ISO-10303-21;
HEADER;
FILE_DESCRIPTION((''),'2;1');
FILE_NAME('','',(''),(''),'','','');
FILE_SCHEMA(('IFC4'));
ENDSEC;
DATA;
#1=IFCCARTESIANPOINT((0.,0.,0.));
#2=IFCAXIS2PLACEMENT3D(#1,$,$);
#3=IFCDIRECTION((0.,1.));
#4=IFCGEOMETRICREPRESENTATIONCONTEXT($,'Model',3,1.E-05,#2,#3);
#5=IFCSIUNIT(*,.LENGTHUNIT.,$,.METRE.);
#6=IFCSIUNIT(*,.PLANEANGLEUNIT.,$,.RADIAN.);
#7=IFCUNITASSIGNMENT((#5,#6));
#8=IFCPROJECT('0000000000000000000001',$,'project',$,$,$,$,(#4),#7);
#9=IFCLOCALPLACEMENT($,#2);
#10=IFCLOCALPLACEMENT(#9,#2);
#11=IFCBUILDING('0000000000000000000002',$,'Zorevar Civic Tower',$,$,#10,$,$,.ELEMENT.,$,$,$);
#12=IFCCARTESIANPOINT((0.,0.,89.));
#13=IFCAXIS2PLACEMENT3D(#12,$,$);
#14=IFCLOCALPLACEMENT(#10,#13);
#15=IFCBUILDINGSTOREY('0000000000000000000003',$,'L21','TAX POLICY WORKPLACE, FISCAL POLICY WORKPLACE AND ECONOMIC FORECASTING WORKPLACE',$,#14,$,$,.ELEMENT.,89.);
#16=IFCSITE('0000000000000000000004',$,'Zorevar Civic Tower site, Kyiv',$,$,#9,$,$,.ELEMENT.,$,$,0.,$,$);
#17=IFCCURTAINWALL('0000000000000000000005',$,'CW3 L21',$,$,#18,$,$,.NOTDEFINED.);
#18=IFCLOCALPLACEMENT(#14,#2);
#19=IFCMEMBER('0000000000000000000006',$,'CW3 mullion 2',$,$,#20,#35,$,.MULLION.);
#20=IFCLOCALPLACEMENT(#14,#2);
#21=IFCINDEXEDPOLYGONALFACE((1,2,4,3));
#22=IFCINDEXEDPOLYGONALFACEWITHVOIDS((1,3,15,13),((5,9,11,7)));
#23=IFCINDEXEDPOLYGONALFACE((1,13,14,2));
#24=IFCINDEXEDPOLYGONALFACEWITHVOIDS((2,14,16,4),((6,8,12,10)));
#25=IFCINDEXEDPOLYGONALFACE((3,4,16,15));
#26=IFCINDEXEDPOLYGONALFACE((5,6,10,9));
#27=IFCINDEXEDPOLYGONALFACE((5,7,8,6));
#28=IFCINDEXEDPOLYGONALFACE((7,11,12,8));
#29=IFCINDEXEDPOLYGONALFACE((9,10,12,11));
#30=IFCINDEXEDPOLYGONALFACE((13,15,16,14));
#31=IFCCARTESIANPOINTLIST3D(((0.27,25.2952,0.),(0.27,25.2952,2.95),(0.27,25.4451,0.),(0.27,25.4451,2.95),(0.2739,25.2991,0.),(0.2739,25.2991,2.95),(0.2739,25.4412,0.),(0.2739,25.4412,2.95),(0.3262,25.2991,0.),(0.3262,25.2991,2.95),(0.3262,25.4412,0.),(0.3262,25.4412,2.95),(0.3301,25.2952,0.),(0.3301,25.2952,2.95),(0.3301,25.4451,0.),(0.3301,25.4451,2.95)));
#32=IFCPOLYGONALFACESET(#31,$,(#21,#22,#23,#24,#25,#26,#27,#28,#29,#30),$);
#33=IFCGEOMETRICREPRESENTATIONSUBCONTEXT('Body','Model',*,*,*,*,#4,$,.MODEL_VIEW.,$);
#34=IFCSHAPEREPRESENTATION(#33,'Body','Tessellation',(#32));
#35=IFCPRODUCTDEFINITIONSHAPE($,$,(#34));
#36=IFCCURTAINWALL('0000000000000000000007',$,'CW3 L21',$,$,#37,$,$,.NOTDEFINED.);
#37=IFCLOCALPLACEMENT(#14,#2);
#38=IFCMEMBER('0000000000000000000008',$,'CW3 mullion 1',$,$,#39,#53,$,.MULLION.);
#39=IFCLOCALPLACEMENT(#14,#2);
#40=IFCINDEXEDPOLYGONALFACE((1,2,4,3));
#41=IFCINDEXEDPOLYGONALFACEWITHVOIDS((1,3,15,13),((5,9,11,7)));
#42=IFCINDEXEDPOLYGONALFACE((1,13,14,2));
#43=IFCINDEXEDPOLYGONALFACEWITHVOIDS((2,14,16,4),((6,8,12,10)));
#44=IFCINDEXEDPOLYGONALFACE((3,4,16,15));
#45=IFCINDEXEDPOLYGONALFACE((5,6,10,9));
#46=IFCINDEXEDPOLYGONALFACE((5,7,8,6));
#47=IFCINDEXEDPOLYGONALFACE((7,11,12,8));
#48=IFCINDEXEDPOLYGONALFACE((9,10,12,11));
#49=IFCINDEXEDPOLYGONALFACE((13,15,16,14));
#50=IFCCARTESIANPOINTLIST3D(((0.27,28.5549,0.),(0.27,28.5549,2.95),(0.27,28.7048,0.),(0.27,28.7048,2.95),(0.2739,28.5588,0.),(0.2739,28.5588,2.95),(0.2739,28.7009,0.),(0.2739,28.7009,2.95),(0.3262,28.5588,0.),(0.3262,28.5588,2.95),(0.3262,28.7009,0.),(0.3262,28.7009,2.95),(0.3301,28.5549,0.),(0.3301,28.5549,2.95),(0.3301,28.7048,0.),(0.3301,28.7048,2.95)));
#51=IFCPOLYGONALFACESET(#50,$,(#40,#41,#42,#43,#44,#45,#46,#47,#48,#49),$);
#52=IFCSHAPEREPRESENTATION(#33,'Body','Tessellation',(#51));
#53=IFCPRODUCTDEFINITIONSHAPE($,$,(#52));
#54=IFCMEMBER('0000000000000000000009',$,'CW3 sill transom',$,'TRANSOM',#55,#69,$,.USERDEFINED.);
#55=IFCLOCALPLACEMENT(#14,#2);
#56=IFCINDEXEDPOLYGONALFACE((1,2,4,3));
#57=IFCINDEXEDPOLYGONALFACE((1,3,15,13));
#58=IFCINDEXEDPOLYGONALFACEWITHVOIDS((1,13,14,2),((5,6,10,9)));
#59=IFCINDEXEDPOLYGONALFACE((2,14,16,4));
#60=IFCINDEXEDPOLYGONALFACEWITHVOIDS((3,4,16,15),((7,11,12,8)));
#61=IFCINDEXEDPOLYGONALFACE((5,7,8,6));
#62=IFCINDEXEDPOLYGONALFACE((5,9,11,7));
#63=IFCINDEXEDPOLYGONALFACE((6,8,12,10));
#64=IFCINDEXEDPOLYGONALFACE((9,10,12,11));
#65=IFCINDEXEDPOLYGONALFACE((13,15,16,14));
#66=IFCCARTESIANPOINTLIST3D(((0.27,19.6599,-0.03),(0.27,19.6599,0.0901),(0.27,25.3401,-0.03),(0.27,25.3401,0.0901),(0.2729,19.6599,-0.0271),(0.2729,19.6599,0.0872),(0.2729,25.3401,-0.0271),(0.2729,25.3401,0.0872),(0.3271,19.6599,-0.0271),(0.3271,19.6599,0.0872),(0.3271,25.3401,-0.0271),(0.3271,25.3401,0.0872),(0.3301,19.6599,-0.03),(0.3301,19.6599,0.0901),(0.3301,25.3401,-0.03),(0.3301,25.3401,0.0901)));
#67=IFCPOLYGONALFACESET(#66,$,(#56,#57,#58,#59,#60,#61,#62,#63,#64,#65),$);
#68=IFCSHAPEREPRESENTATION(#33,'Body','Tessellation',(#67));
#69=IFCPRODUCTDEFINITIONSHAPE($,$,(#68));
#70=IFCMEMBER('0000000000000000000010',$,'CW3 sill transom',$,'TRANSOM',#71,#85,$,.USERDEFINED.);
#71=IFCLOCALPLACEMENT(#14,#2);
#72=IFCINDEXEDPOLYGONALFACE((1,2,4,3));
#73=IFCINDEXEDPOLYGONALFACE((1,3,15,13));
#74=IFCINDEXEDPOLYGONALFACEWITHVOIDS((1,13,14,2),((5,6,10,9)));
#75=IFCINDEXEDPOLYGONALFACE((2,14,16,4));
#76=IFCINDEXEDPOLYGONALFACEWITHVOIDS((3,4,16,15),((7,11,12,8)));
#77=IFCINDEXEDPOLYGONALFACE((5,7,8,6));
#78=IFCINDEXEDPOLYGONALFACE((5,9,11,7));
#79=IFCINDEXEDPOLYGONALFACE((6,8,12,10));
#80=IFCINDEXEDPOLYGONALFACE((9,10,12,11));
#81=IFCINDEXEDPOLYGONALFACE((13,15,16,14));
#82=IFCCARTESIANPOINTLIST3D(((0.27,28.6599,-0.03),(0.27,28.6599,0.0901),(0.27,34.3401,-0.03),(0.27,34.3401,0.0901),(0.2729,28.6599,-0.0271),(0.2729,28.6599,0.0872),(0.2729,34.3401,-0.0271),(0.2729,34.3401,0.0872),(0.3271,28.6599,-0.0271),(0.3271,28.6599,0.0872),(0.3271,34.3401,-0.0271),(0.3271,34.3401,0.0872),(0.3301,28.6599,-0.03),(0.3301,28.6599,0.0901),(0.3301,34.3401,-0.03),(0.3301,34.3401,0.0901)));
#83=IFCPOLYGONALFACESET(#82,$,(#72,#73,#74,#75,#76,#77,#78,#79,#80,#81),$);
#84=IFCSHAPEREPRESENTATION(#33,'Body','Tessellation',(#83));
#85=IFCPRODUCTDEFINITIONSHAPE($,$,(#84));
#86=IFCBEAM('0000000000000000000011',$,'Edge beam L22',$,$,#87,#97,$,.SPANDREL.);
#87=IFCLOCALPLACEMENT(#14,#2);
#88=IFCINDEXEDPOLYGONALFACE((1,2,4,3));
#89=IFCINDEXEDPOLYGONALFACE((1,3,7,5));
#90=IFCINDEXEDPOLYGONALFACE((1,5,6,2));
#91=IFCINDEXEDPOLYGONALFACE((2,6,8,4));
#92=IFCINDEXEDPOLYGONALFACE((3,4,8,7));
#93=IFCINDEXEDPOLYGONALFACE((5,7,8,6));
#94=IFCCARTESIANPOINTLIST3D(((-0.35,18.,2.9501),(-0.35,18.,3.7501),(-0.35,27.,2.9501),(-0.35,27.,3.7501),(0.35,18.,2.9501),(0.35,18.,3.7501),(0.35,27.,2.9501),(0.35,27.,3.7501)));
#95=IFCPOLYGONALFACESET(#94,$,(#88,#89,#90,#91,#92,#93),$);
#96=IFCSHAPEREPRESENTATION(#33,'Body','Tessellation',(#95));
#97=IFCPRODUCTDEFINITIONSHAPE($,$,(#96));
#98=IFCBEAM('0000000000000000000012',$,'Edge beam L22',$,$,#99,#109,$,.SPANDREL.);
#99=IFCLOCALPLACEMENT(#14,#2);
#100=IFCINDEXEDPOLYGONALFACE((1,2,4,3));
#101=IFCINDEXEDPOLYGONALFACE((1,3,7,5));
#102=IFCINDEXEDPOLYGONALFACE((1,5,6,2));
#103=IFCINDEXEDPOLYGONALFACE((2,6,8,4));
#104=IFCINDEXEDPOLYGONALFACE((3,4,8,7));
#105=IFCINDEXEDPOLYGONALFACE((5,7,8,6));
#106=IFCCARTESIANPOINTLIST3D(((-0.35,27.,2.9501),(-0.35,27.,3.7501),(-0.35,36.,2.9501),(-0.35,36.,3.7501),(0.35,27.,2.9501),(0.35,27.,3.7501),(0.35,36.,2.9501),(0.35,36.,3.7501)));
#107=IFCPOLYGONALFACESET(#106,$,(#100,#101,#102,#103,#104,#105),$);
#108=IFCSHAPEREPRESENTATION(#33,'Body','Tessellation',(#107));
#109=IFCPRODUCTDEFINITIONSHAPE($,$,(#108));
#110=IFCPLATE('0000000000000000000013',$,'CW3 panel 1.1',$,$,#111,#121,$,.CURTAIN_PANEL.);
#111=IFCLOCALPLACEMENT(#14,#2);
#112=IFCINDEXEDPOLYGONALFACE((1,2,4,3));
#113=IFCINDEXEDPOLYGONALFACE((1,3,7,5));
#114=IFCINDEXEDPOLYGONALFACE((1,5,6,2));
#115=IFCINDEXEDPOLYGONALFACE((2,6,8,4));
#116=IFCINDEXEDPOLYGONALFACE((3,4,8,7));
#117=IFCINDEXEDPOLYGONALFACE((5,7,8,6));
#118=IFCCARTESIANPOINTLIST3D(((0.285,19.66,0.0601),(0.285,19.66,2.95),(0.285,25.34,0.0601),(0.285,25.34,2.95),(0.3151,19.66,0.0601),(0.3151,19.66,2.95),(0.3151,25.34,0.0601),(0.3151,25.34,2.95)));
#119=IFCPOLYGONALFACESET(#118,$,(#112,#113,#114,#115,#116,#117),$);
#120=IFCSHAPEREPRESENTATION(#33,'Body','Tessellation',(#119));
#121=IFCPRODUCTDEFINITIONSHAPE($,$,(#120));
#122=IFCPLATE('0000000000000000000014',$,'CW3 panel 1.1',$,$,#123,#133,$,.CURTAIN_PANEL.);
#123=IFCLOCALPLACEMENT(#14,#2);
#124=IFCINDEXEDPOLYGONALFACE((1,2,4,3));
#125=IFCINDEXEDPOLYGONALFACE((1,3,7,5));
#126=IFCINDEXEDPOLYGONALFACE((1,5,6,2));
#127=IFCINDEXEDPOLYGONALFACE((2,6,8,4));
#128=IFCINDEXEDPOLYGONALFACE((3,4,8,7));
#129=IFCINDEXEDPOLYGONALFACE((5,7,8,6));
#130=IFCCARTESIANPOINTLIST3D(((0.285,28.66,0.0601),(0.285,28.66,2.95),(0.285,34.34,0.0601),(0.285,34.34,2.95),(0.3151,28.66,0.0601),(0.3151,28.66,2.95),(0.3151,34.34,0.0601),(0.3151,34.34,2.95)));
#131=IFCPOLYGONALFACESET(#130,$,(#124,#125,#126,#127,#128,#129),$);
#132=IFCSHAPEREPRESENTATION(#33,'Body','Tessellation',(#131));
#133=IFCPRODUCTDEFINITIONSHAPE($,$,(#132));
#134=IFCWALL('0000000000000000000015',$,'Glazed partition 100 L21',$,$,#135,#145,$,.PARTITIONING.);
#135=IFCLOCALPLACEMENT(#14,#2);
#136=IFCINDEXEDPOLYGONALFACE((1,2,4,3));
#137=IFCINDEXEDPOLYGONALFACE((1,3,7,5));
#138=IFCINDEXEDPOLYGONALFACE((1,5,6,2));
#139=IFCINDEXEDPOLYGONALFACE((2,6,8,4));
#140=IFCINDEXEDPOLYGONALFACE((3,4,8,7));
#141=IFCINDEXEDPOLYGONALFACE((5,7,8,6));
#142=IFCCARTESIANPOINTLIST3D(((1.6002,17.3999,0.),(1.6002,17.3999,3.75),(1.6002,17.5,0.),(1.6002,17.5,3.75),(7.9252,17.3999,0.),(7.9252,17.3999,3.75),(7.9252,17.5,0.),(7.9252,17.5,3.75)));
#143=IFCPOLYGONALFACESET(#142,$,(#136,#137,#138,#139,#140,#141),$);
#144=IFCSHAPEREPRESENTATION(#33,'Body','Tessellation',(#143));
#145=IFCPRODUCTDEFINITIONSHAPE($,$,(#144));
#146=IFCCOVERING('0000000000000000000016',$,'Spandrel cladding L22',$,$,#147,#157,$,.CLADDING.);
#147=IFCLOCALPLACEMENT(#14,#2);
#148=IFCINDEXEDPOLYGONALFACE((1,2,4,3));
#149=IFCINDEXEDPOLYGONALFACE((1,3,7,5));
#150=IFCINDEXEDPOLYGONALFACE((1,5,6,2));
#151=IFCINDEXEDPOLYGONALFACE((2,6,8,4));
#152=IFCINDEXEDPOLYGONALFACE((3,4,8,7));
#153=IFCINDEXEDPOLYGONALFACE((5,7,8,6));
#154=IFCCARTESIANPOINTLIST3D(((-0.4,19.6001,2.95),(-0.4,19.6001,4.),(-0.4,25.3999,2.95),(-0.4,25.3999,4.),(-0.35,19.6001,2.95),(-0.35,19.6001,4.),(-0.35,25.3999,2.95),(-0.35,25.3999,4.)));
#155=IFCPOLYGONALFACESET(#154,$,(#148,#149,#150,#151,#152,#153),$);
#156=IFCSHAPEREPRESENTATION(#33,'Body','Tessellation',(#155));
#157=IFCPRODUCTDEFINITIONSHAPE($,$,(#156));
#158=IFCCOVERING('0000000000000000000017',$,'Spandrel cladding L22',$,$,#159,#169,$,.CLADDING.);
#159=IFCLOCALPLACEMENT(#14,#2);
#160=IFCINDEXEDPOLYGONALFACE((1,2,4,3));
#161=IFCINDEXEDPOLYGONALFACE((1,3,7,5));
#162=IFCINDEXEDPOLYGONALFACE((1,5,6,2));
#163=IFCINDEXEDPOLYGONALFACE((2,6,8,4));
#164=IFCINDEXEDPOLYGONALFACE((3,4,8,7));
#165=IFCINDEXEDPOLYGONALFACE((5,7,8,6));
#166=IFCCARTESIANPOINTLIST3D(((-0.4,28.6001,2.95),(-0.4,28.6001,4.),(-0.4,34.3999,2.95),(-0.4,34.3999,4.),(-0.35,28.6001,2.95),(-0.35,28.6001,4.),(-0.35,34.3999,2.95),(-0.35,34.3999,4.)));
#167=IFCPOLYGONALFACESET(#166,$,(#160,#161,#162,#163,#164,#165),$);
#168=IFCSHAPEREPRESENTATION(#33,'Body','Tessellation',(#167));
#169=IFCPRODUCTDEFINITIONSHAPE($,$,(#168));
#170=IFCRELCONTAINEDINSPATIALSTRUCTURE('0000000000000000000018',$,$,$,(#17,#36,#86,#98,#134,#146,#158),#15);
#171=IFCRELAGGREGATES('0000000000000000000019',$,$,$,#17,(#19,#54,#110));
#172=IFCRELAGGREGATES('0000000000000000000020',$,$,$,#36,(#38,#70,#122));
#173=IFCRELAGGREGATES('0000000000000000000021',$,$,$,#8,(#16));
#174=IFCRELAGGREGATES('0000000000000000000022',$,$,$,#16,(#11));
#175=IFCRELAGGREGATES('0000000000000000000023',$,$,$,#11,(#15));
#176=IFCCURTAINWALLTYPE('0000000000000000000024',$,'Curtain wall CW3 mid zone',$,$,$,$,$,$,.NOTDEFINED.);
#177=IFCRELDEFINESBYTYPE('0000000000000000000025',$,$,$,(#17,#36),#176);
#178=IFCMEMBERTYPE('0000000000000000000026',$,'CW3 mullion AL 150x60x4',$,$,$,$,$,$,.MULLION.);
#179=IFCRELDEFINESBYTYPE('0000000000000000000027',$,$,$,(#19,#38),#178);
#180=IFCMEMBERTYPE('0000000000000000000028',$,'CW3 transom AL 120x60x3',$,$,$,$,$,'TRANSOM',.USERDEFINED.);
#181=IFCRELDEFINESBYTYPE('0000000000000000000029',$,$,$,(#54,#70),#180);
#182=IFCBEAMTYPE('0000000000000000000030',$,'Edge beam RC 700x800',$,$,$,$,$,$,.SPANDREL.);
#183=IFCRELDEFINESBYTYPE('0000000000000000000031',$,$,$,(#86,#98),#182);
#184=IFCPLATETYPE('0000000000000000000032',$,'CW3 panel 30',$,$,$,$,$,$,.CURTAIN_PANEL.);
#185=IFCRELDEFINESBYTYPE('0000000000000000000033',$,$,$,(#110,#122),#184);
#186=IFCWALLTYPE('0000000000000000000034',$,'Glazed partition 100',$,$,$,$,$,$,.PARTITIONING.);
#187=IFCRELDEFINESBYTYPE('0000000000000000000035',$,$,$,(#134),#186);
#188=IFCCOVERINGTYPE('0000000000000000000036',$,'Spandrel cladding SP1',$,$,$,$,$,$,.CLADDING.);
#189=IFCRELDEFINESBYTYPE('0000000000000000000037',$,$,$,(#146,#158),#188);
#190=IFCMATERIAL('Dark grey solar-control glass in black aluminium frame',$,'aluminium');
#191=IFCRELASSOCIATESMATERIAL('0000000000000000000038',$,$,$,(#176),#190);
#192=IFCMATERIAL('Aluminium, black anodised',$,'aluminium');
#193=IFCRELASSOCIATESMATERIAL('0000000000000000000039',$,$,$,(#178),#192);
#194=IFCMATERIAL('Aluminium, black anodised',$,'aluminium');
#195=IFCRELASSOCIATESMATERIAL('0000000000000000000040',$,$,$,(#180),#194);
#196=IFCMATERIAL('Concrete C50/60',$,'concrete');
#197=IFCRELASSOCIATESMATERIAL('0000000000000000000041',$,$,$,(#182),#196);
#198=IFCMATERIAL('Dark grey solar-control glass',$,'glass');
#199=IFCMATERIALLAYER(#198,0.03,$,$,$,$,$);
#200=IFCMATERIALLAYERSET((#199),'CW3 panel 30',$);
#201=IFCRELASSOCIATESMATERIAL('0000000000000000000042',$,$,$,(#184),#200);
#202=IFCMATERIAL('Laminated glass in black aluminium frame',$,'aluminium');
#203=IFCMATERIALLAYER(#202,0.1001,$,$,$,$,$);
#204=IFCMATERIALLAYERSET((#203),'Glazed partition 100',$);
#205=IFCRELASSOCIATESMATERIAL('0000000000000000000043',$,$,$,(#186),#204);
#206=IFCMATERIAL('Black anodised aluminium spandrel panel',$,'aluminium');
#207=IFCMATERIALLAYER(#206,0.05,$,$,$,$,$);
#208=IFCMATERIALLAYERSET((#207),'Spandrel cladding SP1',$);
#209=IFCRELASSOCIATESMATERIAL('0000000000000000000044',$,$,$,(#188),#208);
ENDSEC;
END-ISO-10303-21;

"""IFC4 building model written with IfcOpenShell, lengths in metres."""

from ifc_helpers import new_model, si_unit, direction, frame, frame_2d, origin, origin_2d, place, context, subcontext, project, spatial, rectangle, hollow_rectangle, extrude, material, layer, layer_set, material_profile, profile_set, type_object, element, aggregate, save


model = new_model("IFC4")

# Units and contexts
model_context = context("Model", 3, precision=1e-05, world=origin(), true_north=direction((0.0, 1.0)))
body_context = subcontext(model_context, "Body", "Model", "MODEL_VIEW")
ifc_project = project(units=[si_unit("LENGTHUNIT", "METRE"), si_unit("PLANEANGLEUNIT", "RADIAN")], contexts=[model_context])

# Site, building, storey
site_placement = place(None, origin())
site = spatial("IfcSite", under=ifc_project, at=site_placement, Name="Zorevar Civic Tower site, Kyiv", CompositionType="ELEMENT", RefElevation=0.0)
building_placement = place(site_placement, origin())
building = spatial("IfcBuilding", under=site, at=building_placement, Name="Zorevar Civic Tower", CompositionType="ELEMENT")
storey_placement = place(building_placement, frame((0.0, 0.0, 89.0)))
storey = spatial("IfcBuildingStorey", under=building, at=storey_placement, Name="L21", Description="TAX POLICY WORKPLACE, FISCAL POLICY WORKPLACE AND ECONOMIC FORECASTING WORKPLACE", CompositionType="ELEMENT", Elevation=89.0)

# Shared definitions
ifc_material_1 = material(Name="Dark grey solar-control glass in black aluminium frame", Category="aluminium")
curtain_wall_type = type_object("IfcCurtainWallType", Name="Curtain wall CW3 mid zone", PredefinedType="NOTDEFINED", material=ifc_material_1)
ifc_material_2 = material(Name="Aluminium, black anodised", Category="aluminium")
ifc_material_profile_1 = material_profile(ifc_material_2, hollow_rectangle(XDim=0.0601, YDim=0.1499, WallThickness=0.0039, at=origin_2d()), Name="AL 150x60x4")
ifc_profile_set_1 = profile_set([ifc_material_profile_1], Name="Aluminium, black anodised")
member_type_1 = type_object("IfcMemberType", Name="CW3 mullion AL 150x60x4", PredefinedType="MULLION", material=ifc_profile_set_1)

# Curtain wall, member
curtain_wall_1_placement = place(storey_placement, origin())
curtain_wall_1 = element("IfcCurtainWall", 1, at=curtain_wall_1_placement, inside=storey, type_object=curtain_wall_type, Name="CW3 L21", PredefinedType="NOTDEFINED")
member_1_placement = place(storey_placement, frame((0.3, 25.3701, 0.0), z_axis=(0.0, 0.0, 1.0), x_axis=(-1.0, 0.0, 0.0)))
member_1 = element("IfcMember", 2, at=member_1_placement, type_object=member_type_1, Name="CW3 mullion 2", PredefinedType="MULLION", context=body_context, shape_type="SweptSolid", body=[
    extrude(hollow_rectangle(XDim=0.0601, YDim=0.1499, WallThickness=0.0039, at=origin_2d()), origin(), (0.0, 0.0, 1.0), 2.95),
])

# Curtain wall, member
curtain_wall_2_placement = place(storey_placement, origin())
curtain_wall_2 = element("IfcCurtainWall", 3, at=curtain_wall_2_placement, inside=storey, type_object=curtain_wall_type, Name="CW3 L21", PredefinedType="NOTDEFINED")
member_2_placement = place(storey_placement, frame((0.3, 28.6299, 0.0), z_axis=(0.0, 0.0, 1.0), x_axis=(-1.0, 0.0, 0.0)))
member_2 = element("IfcMember", 4, at=member_2_placement, type_object=member_type_1, Name="CW3 mullion 1", PredefinedType="MULLION", context=body_context, shape_type="SweptSolid", body=[
    extrude(hollow_rectangle(XDim=0.0601, YDim=0.1499, WallThickness=0.0039, at=origin_2d()), origin(), (0.0, 0.0, 1.0), 2.95),
])

# Members
ifc_material_3 = material(Name="Aluminium, black anodised", Category="aluminium")
ifc_material_profile_2 = material_profile(ifc_material_3, hollow_rectangle(XDim=0.0601, YDim=0.1201, WallThickness=0.0029, at=origin_2d()), Name="AL 120x60x3")
ifc_profile_set_2 = profile_set([ifc_material_profile_2], Name="Aluminium, black anodised")
member_type_2 = type_object("IfcMemberType", Name="CW3 transom AL 120x60x3", ElementType="TRANSOM", PredefinedType="USERDEFINED", material=ifc_profile_set_2)
member_3_placement = place(storey_placement, frame((0.3, 19.6599, 0.03), z_axis=(0.0, 1.0, 0.0), x_axis=(-1.0, 0.0, 0.0)))
member_3 = element("IfcMember", 5, at=member_3_placement, type_object=member_type_2, Name="CW3 sill transom", ObjectType="TRANSOM", PredefinedType="USERDEFINED", context=body_context, shape_type="SweptSolid", body=[
    extrude(hollow_rectangle(XDim=0.0601, YDim=0.1201, WallThickness=0.0029, at=origin_2d()), origin(), (0.0, 0.0, 1.0), 5.6802),
])
member_4_placement = place(storey_placement, frame((0.3, 28.6599, 0.03), z_axis=(0.0, 1.0, 0.0), x_axis=(-1.0, 0.0, 0.0)))
member_4 = element("IfcMember", 6, at=member_4_placement, type_object=member_type_2, Name="CW3 sill transom", ObjectType="TRANSOM", PredefinedType="USERDEFINED", context=body_context, shape_type="SweptSolid", body=[
    extrude(hollow_rectangle(XDim=0.0601, YDim=0.1201, WallThickness=0.0029, at=origin_2d()), origin(), (0.0, 0.0, 1.0), 5.6802),
])

# Beams
ifc_material_4 = material(Name="Concrete C50/60", Category="concrete")
ifc_material_profile_3 = material_profile(ifc_material_4, rectangle(XDim=0.7, YDim=0.8, at=origin_2d()), Name="RC 700x800")
ifc_profile_set_3 = profile_set([ifc_material_profile_3], Name="Concrete C50/60")
beam_type_1 = type_object("IfcBeamType", Name="Edge beam RC 700x800", PredefinedType="SPANDREL", material=ifc_profile_set_3)
for number, where, z_axis, x_axis, name in (
    (7, (0.0, 18.0, 3.3501), (0.0, 1.0, 0.0), (-1.0, 0.0, 0.0), "Edge beam L22"),
    (8, (0.0, 27.0, 3.3501), (0.0, 1.0, 0.0), (-1.0, 0.0, 0.0), "Edge beam L22"),
):
    element("IfcBeam", number, at=place(storey_placement, frame(where, z_axis=z_axis, x_axis=x_axis)), inside=storey, type_object=beam_type_1, Name=name, PredefinedType="SPANDREL", context=body_context, shape_type="SweptSolid", body=[
        extrude(rectangle(XDim=0.7, YDim=0.8, at=origin_2d()), origin(), (0.0, 0.0, 1.0), 9.0),
    ])

# Plates
ifc_material_5 = material(Name="Dark grey solar-control glass", Category="glass")
ifc_layer_1 = layer(ifc_material_5, 0.03)
ifc_layer_set_1 = layer_set([ifc_layer_1], Name="CW3 panel 30")
plate_type = type_object("IfcPlateType", Name="CW3 panel 30", PredefinedType="CURTAIN_PANEL", material=ifc_layer_set_1)
plate_1_placement = place(storey_placement, frame((0.3, 22.5, 0.0601), z_axis=(0.0, 0.0, 1.0), x_axis=(0.0, 1.0, 0.0)))
plate_1 = element("IfcPlate", 9, at=plate_1_placement, type_object=plate_type, Name="CW3 panel 1.1", PredefinedType="CURTAIN_PANEL", context=body_context, shape_type="SweptSolid", body=[
    extrude(rectangle(XDim=5.6799, YDim=0.03, at=origin_2d()), origin(), (0.0, 0.0, 1.0), 2.8899),
])
aggregate(curtain_wall_1, [member_1, member_3, plate_1])
plate_2_placement = place(storey_placement, frame((0.3, 31.5, 0.0601), z_axis=(0.0, 0.0, 1.0), x_axis=(0.0, 1.0, 0.0)))
plate_2 = element("IfcPlate", 10, at=plate_2_placement, type_object=plate_type, Name="CW3 panel 1.1", PredefinedType="CURTAIN_PANEL", context=body_context, shape_type="SweptSolid", body=[
    extrude(rectangle(XDim=5.6799, YDim=0.03, at=origin_2d()), origin(), (0.0, 0.0, 1.0), 2.8899),
])
aggregate(curtain_wall_2, [member_2, member_4, plate_2])

# Wall
ifc_material_6 = material(Name="Laminated glass in black aluminium frame", Category="aluminium")
ifc_layer_2 = layer(ifc_material_6, 0.1001)
ifc_layer_set_2 = layer_set([ifc_layer_2], Name="Glazed partition 100")
wall_type = type_object("IfcWallType", Name="Glazed partition 100", PredefinedType="PARTITIONING", material=ifc_layer_set_2)
wall_placement = place(storey_placement, frame((1.6001, 17.45, 0.0), z_axis=(0.0, 0.0, 1.0), x_axis=(1.0, 0.0, 0.0)))
element("IfcWall", 11, at=wall_placement, inside=storey, type_object=wall_type, Name="Glazed partition 100 L21", PredefinedType="PARTITIONING", context=body_context, shape_type="SweptSolid", body=[
    extrude(rectangle(XDim=6.325, YDim=0.1001, at=frame_2d((3.1626, 0.0))), origin(), (0.0, 0.0, 1.0), 3.75),
])

# Coverings
ifc_material_7 = material(Name="Black anodised aluminium spandrel panel", Category="aluminium")
ifc_layer_3 = layer(ifc_material_7, 0.05)
ifc_layer_set_3 = layer_set([ifc_layer_3], Name="Spandrel cladding SP1")
covering_type = type_object("IfcCoveringType", Name="Spandrel cladding SP1", PredefinedType="CLADDING", material=ifc_layer_set_3)
for number, where, z_axis, x_axis, name in (
    (12, (-0.375, 19.6001, 2.95), (0.0, 0.0, 1.0), (0.0, 1.0, 0.0), "Spandrel cladding L22"),
    (13, (-0.375, 28.6001, 2.95), (0.0, 0.0, 1.0), (0.0, 1.0, 0.0), "Spandrel cladding L22"),
):
    element("IfcCovering", number, at=place(storey_placement, frame(where, z_axis=z_axis, x_axis=x_axis)), inside=storey, type_object=covering_type, Name=name, PredefinedType="CLADDING", context=body_context, shape_type="SweptSolid", body=[
        extrude(rectangle(XDim=5.7998, YDim=0.05, at=frame_2d((2.8999, 0.0))), origin(), (0.0, 0.0, 1.0), 1.05),
    ])

save(model, "model.ifc")
